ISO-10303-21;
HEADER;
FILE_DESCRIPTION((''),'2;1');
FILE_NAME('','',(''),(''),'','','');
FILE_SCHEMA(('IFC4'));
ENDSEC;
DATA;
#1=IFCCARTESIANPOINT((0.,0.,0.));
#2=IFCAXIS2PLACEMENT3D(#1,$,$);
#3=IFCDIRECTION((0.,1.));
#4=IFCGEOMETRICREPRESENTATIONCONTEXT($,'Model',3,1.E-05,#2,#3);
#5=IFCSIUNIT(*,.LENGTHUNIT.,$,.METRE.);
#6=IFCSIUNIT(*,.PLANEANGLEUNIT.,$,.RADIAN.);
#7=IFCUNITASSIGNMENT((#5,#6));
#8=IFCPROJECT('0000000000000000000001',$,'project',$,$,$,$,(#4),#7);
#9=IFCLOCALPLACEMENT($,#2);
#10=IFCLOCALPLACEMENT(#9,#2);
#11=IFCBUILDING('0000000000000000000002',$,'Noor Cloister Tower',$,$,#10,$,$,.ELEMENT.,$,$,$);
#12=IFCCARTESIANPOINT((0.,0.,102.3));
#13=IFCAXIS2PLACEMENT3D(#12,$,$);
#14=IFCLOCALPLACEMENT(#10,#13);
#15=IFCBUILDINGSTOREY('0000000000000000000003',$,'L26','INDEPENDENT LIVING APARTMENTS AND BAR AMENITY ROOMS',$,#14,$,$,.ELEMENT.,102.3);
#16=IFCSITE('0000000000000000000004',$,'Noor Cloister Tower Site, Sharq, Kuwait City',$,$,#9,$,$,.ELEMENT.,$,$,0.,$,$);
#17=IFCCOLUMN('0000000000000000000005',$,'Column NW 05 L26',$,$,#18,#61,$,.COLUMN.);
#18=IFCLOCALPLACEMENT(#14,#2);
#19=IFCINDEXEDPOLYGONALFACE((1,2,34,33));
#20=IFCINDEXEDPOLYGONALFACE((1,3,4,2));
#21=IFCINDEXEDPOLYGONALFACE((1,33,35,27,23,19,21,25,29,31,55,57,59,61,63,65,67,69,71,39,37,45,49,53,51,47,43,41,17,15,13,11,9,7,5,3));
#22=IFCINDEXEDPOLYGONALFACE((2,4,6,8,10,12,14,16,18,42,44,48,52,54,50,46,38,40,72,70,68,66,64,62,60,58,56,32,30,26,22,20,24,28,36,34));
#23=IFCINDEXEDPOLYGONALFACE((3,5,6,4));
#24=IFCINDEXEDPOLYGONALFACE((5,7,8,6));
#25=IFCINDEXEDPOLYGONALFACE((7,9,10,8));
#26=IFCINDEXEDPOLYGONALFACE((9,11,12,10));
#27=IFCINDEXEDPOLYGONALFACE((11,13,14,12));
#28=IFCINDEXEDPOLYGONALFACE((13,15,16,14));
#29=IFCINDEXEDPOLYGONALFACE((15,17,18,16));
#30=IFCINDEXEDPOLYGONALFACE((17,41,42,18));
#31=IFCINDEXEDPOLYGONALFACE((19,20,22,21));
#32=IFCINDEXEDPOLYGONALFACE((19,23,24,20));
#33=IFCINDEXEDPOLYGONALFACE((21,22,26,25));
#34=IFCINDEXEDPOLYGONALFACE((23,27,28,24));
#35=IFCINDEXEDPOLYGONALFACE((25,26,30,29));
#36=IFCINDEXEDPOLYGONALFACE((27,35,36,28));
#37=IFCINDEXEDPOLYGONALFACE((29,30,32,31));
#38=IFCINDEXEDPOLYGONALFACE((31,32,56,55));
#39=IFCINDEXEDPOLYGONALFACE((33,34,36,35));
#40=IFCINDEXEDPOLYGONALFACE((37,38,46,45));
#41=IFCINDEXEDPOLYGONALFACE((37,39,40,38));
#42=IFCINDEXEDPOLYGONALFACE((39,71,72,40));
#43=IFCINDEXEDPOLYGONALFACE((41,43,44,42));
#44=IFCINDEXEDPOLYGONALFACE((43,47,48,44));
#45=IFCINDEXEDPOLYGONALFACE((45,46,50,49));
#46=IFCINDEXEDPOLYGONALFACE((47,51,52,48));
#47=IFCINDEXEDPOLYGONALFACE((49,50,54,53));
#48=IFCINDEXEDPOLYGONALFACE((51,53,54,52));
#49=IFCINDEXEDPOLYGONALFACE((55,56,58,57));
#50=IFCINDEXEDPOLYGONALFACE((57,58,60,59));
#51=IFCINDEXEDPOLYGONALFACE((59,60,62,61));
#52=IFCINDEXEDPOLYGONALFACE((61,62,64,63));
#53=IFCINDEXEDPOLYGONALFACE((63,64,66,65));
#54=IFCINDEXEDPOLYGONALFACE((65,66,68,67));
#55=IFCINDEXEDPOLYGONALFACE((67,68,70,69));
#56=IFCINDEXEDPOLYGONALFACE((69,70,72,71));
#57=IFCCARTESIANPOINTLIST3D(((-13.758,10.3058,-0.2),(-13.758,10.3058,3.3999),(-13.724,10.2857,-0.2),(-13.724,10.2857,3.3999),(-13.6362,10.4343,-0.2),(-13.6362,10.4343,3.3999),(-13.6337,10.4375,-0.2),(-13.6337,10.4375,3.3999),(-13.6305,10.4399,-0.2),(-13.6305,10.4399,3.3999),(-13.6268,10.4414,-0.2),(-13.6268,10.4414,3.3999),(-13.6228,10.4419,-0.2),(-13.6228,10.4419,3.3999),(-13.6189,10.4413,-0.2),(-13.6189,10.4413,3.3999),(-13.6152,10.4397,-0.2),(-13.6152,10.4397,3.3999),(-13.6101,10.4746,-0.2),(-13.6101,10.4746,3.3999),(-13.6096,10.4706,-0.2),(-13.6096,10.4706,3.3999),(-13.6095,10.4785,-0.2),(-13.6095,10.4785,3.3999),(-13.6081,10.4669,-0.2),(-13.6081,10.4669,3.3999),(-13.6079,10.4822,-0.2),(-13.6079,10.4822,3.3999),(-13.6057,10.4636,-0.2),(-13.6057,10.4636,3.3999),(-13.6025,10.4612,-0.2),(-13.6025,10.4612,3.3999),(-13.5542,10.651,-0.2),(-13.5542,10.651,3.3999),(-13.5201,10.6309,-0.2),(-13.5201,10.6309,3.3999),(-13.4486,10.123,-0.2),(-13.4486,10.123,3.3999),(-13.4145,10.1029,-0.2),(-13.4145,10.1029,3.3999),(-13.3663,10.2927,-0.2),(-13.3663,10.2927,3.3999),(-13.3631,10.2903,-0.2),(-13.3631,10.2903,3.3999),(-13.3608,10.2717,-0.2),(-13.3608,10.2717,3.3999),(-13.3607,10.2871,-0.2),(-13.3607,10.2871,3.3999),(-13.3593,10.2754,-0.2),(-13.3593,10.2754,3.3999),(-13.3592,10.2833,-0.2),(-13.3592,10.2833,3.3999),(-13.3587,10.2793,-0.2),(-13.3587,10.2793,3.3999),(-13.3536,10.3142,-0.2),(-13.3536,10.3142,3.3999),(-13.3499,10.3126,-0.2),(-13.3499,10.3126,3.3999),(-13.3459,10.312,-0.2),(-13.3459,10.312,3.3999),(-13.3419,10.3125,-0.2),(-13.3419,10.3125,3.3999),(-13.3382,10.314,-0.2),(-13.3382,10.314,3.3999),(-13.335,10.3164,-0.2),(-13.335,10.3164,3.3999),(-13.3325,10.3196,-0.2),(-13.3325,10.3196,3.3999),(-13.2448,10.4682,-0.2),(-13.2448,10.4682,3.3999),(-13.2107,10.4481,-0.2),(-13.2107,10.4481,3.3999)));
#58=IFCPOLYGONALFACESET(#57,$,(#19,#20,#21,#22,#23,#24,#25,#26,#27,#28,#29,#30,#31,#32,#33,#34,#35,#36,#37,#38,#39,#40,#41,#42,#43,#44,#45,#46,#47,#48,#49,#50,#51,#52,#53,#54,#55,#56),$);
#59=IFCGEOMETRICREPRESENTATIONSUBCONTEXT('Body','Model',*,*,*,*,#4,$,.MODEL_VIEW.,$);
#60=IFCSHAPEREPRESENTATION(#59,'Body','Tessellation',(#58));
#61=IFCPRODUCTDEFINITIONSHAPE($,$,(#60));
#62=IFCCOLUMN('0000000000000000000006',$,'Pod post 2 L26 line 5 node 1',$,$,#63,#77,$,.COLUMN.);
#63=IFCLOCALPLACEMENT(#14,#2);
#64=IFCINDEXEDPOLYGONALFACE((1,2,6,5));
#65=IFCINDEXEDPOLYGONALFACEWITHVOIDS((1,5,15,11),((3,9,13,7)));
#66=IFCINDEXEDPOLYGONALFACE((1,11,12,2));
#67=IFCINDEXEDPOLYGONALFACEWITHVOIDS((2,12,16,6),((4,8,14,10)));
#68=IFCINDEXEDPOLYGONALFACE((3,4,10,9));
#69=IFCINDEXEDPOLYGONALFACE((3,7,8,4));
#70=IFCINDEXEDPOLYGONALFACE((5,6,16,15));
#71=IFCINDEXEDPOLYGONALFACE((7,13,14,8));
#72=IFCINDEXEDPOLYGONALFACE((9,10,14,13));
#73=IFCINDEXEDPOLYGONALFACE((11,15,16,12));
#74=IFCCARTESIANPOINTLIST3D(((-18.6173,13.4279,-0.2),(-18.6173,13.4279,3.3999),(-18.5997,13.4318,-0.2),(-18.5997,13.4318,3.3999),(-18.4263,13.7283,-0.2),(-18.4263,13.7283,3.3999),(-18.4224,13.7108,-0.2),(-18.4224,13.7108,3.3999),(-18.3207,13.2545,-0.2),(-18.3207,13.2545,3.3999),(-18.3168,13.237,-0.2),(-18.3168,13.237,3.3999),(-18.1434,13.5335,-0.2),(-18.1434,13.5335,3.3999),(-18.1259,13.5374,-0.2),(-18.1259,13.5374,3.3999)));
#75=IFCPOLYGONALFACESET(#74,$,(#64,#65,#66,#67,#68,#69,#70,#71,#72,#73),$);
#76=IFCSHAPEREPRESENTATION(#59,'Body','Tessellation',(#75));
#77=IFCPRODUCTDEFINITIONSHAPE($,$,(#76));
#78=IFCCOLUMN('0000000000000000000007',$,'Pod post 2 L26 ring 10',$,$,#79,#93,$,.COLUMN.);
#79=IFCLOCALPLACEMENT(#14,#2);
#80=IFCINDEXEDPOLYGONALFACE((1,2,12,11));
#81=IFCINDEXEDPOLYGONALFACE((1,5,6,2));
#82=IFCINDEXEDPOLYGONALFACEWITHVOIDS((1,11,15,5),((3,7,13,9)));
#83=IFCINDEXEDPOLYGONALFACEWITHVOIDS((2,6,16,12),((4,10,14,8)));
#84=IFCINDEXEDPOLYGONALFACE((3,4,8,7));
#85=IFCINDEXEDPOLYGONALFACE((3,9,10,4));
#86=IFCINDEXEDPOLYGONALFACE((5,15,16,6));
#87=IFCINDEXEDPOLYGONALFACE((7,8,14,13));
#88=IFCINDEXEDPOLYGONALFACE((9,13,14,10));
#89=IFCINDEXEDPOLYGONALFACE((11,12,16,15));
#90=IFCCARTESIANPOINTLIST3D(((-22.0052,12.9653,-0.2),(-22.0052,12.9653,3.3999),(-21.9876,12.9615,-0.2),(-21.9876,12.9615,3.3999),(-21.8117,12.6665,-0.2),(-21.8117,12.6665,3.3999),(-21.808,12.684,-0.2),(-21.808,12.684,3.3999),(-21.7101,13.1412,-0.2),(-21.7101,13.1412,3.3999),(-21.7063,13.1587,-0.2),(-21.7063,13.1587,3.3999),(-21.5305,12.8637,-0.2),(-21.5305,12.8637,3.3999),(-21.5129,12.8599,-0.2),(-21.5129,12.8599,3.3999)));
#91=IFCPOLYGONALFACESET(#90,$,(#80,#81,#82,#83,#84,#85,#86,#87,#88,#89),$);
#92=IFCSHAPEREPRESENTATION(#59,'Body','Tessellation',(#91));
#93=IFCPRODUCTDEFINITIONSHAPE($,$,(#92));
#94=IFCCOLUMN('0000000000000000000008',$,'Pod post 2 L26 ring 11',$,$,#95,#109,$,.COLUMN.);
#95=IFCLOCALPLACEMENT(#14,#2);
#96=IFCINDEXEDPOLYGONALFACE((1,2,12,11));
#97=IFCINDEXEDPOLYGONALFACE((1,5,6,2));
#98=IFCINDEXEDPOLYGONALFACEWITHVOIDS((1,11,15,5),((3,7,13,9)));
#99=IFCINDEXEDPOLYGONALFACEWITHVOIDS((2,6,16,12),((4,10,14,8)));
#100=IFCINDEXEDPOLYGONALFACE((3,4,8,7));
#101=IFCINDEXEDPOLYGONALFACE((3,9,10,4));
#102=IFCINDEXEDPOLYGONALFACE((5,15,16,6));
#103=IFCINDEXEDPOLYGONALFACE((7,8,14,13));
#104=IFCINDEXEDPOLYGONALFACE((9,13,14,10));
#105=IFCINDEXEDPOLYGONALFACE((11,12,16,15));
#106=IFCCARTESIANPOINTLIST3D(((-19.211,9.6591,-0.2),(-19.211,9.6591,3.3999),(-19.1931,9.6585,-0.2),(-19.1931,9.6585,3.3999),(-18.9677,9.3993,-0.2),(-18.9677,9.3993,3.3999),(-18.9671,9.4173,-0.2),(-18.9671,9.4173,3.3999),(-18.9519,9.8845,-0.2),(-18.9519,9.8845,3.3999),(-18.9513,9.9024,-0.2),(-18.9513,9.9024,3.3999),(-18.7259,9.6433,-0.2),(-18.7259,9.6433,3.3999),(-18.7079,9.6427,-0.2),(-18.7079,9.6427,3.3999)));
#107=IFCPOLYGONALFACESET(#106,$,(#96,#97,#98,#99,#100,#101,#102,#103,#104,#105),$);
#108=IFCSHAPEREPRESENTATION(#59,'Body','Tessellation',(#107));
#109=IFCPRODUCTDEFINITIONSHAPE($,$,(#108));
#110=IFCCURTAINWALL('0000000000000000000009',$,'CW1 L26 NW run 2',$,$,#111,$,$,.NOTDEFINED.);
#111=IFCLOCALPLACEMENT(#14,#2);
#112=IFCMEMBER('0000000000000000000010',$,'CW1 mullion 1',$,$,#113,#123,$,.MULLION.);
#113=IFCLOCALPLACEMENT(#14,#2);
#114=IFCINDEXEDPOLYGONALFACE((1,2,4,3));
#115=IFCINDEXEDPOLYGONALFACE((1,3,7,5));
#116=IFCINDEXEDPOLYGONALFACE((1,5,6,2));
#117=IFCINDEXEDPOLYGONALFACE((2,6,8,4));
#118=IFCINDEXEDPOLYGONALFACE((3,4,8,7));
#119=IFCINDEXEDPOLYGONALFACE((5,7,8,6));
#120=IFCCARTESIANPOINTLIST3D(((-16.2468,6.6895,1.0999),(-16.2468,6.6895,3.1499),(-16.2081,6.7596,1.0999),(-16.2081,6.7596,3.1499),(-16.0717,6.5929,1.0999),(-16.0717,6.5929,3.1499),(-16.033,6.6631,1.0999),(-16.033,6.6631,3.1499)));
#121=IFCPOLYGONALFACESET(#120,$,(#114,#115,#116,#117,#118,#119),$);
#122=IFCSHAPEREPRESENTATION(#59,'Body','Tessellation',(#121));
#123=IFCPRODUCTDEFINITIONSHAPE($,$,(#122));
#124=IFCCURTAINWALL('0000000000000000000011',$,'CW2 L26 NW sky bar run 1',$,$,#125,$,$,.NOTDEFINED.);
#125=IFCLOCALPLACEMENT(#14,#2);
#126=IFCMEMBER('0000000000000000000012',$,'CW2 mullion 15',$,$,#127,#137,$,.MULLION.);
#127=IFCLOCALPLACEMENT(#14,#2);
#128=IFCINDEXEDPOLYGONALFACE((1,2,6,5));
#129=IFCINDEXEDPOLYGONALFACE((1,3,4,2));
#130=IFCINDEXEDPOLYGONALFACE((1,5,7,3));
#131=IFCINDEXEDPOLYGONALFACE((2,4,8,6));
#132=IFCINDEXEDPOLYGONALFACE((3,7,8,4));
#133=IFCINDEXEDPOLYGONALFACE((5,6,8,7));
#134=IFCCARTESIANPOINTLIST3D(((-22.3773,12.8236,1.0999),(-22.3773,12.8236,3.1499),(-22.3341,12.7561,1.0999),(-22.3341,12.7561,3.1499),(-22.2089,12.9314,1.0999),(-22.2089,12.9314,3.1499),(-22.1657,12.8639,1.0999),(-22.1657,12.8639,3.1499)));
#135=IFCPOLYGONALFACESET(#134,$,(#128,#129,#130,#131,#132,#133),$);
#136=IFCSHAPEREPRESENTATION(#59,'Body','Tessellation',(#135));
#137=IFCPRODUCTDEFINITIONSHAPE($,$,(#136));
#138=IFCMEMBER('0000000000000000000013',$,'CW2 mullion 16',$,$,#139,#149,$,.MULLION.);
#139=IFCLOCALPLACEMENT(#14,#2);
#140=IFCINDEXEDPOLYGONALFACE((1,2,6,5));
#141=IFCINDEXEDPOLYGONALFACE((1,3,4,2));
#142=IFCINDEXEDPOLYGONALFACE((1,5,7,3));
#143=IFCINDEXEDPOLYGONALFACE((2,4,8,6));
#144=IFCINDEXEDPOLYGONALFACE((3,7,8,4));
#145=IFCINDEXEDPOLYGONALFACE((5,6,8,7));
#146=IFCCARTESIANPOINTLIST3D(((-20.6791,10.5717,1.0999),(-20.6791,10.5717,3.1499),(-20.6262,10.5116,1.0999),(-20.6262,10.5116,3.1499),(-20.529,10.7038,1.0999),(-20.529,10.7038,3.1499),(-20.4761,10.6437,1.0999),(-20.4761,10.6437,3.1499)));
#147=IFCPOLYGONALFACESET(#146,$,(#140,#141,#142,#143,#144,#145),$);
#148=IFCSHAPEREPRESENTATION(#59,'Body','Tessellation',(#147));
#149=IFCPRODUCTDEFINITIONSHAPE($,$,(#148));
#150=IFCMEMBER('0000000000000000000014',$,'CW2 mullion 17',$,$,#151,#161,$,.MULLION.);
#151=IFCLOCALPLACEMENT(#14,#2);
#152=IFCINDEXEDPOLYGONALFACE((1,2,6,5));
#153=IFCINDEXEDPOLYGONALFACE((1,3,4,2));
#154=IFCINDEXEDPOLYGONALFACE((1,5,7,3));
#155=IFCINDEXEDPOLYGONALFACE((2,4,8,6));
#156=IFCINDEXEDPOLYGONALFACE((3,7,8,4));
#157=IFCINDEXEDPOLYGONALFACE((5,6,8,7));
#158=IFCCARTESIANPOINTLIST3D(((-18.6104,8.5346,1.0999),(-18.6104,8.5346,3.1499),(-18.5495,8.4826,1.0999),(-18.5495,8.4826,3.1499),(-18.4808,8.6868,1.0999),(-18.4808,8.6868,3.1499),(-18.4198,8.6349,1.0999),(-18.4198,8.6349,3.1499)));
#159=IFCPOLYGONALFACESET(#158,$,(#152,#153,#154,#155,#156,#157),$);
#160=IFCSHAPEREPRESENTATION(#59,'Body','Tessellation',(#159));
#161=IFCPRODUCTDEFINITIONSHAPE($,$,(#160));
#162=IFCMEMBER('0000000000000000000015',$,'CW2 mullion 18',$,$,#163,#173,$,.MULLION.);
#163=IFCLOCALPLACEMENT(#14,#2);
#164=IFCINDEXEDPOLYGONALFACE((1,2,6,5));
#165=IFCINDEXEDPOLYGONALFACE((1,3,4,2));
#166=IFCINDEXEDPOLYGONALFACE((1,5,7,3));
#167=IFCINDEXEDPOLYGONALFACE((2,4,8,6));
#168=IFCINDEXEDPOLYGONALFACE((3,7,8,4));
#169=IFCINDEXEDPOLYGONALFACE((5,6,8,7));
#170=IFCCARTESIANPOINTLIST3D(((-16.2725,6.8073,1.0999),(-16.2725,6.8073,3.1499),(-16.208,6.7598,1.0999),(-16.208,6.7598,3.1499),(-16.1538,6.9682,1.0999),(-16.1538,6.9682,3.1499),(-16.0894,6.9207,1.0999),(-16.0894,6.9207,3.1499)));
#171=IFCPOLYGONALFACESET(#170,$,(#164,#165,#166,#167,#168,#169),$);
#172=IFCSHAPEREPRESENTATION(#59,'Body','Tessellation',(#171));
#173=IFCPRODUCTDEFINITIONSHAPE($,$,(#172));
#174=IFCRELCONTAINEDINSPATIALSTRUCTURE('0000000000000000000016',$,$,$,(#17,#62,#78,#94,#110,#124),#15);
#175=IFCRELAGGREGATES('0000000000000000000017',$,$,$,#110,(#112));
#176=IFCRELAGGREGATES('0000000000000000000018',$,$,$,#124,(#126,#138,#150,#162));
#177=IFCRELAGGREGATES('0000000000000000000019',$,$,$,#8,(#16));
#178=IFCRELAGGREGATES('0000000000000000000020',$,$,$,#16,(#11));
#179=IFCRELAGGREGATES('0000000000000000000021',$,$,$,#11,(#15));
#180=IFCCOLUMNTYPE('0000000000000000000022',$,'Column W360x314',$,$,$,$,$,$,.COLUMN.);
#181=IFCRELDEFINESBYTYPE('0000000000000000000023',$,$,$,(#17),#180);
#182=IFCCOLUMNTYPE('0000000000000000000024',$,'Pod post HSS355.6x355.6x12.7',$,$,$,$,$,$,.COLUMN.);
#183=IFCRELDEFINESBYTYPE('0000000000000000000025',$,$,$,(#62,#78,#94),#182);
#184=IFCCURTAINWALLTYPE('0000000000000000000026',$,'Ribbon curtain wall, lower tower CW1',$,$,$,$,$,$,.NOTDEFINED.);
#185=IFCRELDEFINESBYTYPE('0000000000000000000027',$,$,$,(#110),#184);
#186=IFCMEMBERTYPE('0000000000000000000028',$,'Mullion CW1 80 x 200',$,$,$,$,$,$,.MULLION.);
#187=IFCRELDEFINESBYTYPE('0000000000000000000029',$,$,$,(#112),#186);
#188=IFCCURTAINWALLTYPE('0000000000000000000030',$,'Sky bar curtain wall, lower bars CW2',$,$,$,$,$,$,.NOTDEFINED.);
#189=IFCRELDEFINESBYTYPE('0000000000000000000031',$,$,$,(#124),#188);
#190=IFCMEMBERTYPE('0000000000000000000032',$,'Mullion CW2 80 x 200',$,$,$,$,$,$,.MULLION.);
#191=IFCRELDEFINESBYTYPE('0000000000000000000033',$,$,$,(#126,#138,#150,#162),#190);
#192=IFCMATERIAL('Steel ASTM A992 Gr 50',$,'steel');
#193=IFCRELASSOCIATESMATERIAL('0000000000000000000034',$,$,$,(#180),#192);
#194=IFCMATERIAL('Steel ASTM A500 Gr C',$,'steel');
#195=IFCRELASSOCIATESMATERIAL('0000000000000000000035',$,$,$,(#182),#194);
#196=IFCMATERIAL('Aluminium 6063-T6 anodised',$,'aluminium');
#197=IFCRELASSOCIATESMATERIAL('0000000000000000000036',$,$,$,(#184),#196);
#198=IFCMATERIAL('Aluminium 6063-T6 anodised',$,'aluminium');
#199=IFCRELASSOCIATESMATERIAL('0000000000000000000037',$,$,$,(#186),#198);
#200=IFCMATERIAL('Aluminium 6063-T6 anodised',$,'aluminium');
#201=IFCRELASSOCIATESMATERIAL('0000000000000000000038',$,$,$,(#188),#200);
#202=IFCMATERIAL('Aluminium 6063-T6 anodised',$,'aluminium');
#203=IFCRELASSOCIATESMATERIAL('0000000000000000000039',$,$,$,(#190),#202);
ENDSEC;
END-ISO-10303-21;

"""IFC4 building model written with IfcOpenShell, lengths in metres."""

from ifc_helpers import new_model, si_unit, direction, frame, origin, origin_2d, place, context, subcontext, project, spatial, rectangle, hollow_rectangle, i_section, extrude, material, material_profile, profile_set, type_object, element, aggregate, save


model = new_model("IFC4")

# Units and contexts
model_context = context("Model", 3, precision=1e-05, world=origin(), true_north=direction((0.0, 1.0)))
body_context = subcontext(model_context, "Body", "Model", "MODEL_VIEW")
ifc_project = project(units=[si_unit("LENGTHUNIT", "METRE"), si_unit("PLANEANGLEUNIT", "RADIAN")], contexts=[model_context])

# Site, building, storey
site_placement = place(None, origin())
site = spatial("IfcSite", under=ifc_project, at=site_placement, Name="Noor Cloister Tower Site, Sharq, Kuwait City", CompositionType="ELEMENT", RefElevation=0.0)
building_placement = place(site_placement, origin())
building = spatial("IfcBuilding", under=site, at=building_placement, Name="Noor Cloister Tower", CompositionType="ELEMENT")
storey_placement = place(building_placement, frame((0.0, 0.0, 102.3)))
storey = spatial("IfcBuildingStorey", under=building, at=storey_placement, Name="L26", Description="INDEPENDENT LIVING APARTMENTS AND BAR AMENITY ROOMS", CompositionType="ELEMENT", Elevation=102.3)

# Columns
ifc_material_1 = material(Name="Steel ASTM A992 Gr 50", Category="steel")
ifc_material_profile_1 = material_profile(ifc_material_1, i_section(OverallWidth=0.4009, OverallDepth=0.3989, WebThickness=0.0249, FlangeThickness=0.0396, FilletRadius=0.0154, at=origin_2d()), Name="W360x314")
ifc_profile_set_1 = profile_set([ifc_material_profile_1], Name="Steel ASTM A992 Gr 50")
column_type_1 = type_object("IfcColumnType", Name="Column W360x314", PredefinedType="COLUMN", material=ifc_profile_set_1)
column_placement = place(storey_placement, frame((-13.4844, 10.377, -0.2), z_axis=(0.0, 0.0, 1.0), x_axis=(-0.508499, -0.861063, 0.0)))
element("IfcColumn", 1, at=column_placement, inside=storey, type_object=column_type_1, Name="Column NW 05 L26", PredefinedType="COLUMN", context=body_context, shape_type="SweptSolid", body=[
    extrude(i_section(OverallWidth=0.4009, OverallDepth=0.3989, WebThickness=0.0249, FlangeThickness=0.0396, FilletRadius=0.0154, at=origin_2d()), origin(), (0.0, 0.0, 1.0), 3.5999),
])
ifc_material_2 = material(Name="Steel ASTM A500 Gr C", Category="steel")
ifc_material_profile_2 = material_profile(ifc_material_2, hollow_rectangle(XDim=0.356, YDim=0.356, WallThickness=0.0127, at=origin_2d()), Name="HSS355.6x355.6x12.7")
ifc_profile_set_2 = profile_set([ifc_material_profile_2], Name="Steel ASTM A500 Gr C")
column_type_2 = type_object("IfcColumnType", Name="Pod post HSS355.6x355.6x12.7", PredefinedType="COLUMN", material=ifc_profile_set_2)
for number, where, z_axis, x_axis, name in (
    (2, (-18.3716, 13.4827, -0.2), (0.0, 0.0, 1.0), (-0.843996, 0.53635, 0.0), "Pod post 2 L26 line 5 node 1"),
    (3, (-21.759, 12.9126, -0.2), (0.0, 0.0, 1.0), (0.543434, -0.839452, 0.0), "Pod post 2 L26 ring 10"),
    (4, (-18.9595, 9.6509, -0.2), (0.0, 0.0, 1.0), (0.683681, -0.729781, 0.0), "Pod post 2 L26 ring 11"),
):
    element("IfcColumn", number, at=place(storey_placement, frame(where, z_axis=z_axis, x_axis=x_axis)), inside=storey, type_object=column_type_2, Name=name, PredefinedType="COLUMN", context=body_context, shape_type="SweptSolid", body=[
        extrude(hollow_rectangle(XDim=0.356, YDim=0.356, WallThickness=0.0127, at=origin_2d()), origin(), (0.0, 0.0, 1.0), 3.5999),
    ])

# Curtain wall, member
ifc_material_3 = material(Name="Aluminium 6063-T6 anodised", Category="aluminium")
curtain_wall_type_1 = type_object("IfcCurtainWallType", Name="Ribbon curtain wall, lower tower CW1", PredefinedType="NOTDEFINED", material=ifc_material_3)
curtain_wall_1_placement = place(storey_placement, origin())
curtain_wall_1 = element("IfcCurtainWall", 5, at=curtain_wall_1_placement, inside=storey, type_object=curtain_wall_type_1, Name="CW1 L26 NW run 2", PredefinedType="NOTDEFINED")
ifc_material_4 = material(Name="Aluminium 6063-T6 anodised", Category="aluminium")
ifc_material_profile_3 = material_profile(ifc_material_4, rectangle(XDim=0.2, YDim=0.0801, at=origin_2d()), Name="200 x 80 mullion")
ifc_profile_set_3 = profile_set([ifc_material_profile_3], Name="Aluminium 6063-T6 anodised")
member_type_1 = type_object("IfcMemberType", Name="Mullion CW1 80 x 200", PredefinedType="MULLION", material=ifc_profile_set_3)
member_1_placement = place(storey_placement, frame((-16.1399, 6.6763, 1.0999), z_axis=(0.0, 0.0, 1.0), x_axis=(0.875699, -0.482858, 0.0)))
member_1 = element("IfcMember", 6, at=member_1_placement, type_object=member_type_1, Name="CW1 mullion 1", PredefinedType="MULLION", context=body_context, shape_type="SweptSolid", body=[
    extrude(rectangle(XDim=0.2, YDim=0.0801, at=origin_2d()), origin(), (0.0, 0.0, 1.0), 2.05),
])
aggregate(curtain_wall_1, [member_1])

# Curtain wall, members
ifc_material_5 = material(Name="Aluminium 6063-T6 anodised", Category="aluminium")
curtain_wall_type_2 = type_object("IfcCurtainWallType", Name="Sky bar curtain wall, lower bars CW2", PredefinedType="NOTDEFINED", material=ifc_material_5)
curtain_wall_2_placement = place(storey_placement, origin())
curtain_wall_2 = element("IfcCurtainWall", 7, at=curtain_wall_2_placement, inside=storey, type_object=curtain_wall_type_2, Name="CW2 L26 NW sky bar run 1", PredefinedType="NOTDEFINED")
ifc_material_6 = material(Name="Aluminium 6063-T6 anodised", Category="aluminium")
ifc_material_profile_4 = material_profile(ifc_material_6, rectangle(XDim=0.2, YDim=0.0801, at=origin_2d()), Name="200 x 80 mullion")
ifc_profile_set_4 = profile_set([ifc_material_profile_4], Name="Aluminium 6063-T6 anodised")
member_type_2 = type_object("IfcMemberType", Name="Mullion CW2 80 x 200", PredefinedType="MULLION", material=ifc_profile_set_4)
member_2_placement = place(storey_placement, frame((-22.2715, 12.8438, 1.0999), z_axis=(0.0, 0.0, 1.0), x_axis=(0.842174, 0.539205, 0.0)))
member_2 = element("IfcMember", 8, at=member_2_placement, type_object=member_type_2, Name="CW2 mullion 15", PredefinedType="MULLION", context=body_context, shape_type="SweptSolid", body=[
    extrude(rectangle(XDim=0.2, YDim=0.0801, at=origin_2d()), origin(), (0.0, 0.0, 1.0), 2.05),
])
member_3_placement = place(storey_placement, frame((-20.5776, 10.6077, 1.0999), z_axis=(0.0, 0.0, 1.0), x_axis=(0.750692, 0.660652, 0.0)))
member_3 = element("IfcMember", 9, at=member_3_placement, type_object=member_type_2, Name="CW2 mullion 16", PredefinedType="MULLION", context=body_context, shape_type="SweptSolid", body=[
    extrude(rectangle(XDim=0.2, YDim=0.0801, at=origin_2d()), origin(), (0.0, 0.0, 1.0), 2.05),
])
member_4_placement = place(storey_placement, frame((-18.5151, 8.5847, 1.0999), z_axis=(0.0, 0.0, 1.0), x_axis=(0.648411, 0.76129, 0.0)))
member_4 = element("IfcMember", 10, at=member_4_placement, type_object=member_type_2, Name="CW2 mullion 17", PredefinedType="MULLION", context=body_context, shape_type="SweptSolid", body=[
    extrude(rectangle(XDim=0.2, YDim=0.0801, at=origin_2d()), origin(), (0.0, 0.0, 1.0), 2.05),
])
member_5_placement = place(storey_placement, frame((-16.1809, 6.864, 1.0999), z_axis=(0.0, 0.0, 1.0), x_axis=(0.593401, 0.804907, 0.0)))
member_5 = element("IfcMember", 11, at=member_5_placement, type_object=member_type_2, Name="CW2 mullion 18", PredefinedType="MULLION", context=body_context, shape_type="SweptSolid", body=[
    extrude(rectangle(XDim=0.2, YDim=0.0801, at=origin_2d()), origin(), (0.0, 0.0, 1.0), 2.05),
])

aggregate(curtain_wall_2, [member_2, member_3, member_4, member_5])

save(model, "model.ifc")
